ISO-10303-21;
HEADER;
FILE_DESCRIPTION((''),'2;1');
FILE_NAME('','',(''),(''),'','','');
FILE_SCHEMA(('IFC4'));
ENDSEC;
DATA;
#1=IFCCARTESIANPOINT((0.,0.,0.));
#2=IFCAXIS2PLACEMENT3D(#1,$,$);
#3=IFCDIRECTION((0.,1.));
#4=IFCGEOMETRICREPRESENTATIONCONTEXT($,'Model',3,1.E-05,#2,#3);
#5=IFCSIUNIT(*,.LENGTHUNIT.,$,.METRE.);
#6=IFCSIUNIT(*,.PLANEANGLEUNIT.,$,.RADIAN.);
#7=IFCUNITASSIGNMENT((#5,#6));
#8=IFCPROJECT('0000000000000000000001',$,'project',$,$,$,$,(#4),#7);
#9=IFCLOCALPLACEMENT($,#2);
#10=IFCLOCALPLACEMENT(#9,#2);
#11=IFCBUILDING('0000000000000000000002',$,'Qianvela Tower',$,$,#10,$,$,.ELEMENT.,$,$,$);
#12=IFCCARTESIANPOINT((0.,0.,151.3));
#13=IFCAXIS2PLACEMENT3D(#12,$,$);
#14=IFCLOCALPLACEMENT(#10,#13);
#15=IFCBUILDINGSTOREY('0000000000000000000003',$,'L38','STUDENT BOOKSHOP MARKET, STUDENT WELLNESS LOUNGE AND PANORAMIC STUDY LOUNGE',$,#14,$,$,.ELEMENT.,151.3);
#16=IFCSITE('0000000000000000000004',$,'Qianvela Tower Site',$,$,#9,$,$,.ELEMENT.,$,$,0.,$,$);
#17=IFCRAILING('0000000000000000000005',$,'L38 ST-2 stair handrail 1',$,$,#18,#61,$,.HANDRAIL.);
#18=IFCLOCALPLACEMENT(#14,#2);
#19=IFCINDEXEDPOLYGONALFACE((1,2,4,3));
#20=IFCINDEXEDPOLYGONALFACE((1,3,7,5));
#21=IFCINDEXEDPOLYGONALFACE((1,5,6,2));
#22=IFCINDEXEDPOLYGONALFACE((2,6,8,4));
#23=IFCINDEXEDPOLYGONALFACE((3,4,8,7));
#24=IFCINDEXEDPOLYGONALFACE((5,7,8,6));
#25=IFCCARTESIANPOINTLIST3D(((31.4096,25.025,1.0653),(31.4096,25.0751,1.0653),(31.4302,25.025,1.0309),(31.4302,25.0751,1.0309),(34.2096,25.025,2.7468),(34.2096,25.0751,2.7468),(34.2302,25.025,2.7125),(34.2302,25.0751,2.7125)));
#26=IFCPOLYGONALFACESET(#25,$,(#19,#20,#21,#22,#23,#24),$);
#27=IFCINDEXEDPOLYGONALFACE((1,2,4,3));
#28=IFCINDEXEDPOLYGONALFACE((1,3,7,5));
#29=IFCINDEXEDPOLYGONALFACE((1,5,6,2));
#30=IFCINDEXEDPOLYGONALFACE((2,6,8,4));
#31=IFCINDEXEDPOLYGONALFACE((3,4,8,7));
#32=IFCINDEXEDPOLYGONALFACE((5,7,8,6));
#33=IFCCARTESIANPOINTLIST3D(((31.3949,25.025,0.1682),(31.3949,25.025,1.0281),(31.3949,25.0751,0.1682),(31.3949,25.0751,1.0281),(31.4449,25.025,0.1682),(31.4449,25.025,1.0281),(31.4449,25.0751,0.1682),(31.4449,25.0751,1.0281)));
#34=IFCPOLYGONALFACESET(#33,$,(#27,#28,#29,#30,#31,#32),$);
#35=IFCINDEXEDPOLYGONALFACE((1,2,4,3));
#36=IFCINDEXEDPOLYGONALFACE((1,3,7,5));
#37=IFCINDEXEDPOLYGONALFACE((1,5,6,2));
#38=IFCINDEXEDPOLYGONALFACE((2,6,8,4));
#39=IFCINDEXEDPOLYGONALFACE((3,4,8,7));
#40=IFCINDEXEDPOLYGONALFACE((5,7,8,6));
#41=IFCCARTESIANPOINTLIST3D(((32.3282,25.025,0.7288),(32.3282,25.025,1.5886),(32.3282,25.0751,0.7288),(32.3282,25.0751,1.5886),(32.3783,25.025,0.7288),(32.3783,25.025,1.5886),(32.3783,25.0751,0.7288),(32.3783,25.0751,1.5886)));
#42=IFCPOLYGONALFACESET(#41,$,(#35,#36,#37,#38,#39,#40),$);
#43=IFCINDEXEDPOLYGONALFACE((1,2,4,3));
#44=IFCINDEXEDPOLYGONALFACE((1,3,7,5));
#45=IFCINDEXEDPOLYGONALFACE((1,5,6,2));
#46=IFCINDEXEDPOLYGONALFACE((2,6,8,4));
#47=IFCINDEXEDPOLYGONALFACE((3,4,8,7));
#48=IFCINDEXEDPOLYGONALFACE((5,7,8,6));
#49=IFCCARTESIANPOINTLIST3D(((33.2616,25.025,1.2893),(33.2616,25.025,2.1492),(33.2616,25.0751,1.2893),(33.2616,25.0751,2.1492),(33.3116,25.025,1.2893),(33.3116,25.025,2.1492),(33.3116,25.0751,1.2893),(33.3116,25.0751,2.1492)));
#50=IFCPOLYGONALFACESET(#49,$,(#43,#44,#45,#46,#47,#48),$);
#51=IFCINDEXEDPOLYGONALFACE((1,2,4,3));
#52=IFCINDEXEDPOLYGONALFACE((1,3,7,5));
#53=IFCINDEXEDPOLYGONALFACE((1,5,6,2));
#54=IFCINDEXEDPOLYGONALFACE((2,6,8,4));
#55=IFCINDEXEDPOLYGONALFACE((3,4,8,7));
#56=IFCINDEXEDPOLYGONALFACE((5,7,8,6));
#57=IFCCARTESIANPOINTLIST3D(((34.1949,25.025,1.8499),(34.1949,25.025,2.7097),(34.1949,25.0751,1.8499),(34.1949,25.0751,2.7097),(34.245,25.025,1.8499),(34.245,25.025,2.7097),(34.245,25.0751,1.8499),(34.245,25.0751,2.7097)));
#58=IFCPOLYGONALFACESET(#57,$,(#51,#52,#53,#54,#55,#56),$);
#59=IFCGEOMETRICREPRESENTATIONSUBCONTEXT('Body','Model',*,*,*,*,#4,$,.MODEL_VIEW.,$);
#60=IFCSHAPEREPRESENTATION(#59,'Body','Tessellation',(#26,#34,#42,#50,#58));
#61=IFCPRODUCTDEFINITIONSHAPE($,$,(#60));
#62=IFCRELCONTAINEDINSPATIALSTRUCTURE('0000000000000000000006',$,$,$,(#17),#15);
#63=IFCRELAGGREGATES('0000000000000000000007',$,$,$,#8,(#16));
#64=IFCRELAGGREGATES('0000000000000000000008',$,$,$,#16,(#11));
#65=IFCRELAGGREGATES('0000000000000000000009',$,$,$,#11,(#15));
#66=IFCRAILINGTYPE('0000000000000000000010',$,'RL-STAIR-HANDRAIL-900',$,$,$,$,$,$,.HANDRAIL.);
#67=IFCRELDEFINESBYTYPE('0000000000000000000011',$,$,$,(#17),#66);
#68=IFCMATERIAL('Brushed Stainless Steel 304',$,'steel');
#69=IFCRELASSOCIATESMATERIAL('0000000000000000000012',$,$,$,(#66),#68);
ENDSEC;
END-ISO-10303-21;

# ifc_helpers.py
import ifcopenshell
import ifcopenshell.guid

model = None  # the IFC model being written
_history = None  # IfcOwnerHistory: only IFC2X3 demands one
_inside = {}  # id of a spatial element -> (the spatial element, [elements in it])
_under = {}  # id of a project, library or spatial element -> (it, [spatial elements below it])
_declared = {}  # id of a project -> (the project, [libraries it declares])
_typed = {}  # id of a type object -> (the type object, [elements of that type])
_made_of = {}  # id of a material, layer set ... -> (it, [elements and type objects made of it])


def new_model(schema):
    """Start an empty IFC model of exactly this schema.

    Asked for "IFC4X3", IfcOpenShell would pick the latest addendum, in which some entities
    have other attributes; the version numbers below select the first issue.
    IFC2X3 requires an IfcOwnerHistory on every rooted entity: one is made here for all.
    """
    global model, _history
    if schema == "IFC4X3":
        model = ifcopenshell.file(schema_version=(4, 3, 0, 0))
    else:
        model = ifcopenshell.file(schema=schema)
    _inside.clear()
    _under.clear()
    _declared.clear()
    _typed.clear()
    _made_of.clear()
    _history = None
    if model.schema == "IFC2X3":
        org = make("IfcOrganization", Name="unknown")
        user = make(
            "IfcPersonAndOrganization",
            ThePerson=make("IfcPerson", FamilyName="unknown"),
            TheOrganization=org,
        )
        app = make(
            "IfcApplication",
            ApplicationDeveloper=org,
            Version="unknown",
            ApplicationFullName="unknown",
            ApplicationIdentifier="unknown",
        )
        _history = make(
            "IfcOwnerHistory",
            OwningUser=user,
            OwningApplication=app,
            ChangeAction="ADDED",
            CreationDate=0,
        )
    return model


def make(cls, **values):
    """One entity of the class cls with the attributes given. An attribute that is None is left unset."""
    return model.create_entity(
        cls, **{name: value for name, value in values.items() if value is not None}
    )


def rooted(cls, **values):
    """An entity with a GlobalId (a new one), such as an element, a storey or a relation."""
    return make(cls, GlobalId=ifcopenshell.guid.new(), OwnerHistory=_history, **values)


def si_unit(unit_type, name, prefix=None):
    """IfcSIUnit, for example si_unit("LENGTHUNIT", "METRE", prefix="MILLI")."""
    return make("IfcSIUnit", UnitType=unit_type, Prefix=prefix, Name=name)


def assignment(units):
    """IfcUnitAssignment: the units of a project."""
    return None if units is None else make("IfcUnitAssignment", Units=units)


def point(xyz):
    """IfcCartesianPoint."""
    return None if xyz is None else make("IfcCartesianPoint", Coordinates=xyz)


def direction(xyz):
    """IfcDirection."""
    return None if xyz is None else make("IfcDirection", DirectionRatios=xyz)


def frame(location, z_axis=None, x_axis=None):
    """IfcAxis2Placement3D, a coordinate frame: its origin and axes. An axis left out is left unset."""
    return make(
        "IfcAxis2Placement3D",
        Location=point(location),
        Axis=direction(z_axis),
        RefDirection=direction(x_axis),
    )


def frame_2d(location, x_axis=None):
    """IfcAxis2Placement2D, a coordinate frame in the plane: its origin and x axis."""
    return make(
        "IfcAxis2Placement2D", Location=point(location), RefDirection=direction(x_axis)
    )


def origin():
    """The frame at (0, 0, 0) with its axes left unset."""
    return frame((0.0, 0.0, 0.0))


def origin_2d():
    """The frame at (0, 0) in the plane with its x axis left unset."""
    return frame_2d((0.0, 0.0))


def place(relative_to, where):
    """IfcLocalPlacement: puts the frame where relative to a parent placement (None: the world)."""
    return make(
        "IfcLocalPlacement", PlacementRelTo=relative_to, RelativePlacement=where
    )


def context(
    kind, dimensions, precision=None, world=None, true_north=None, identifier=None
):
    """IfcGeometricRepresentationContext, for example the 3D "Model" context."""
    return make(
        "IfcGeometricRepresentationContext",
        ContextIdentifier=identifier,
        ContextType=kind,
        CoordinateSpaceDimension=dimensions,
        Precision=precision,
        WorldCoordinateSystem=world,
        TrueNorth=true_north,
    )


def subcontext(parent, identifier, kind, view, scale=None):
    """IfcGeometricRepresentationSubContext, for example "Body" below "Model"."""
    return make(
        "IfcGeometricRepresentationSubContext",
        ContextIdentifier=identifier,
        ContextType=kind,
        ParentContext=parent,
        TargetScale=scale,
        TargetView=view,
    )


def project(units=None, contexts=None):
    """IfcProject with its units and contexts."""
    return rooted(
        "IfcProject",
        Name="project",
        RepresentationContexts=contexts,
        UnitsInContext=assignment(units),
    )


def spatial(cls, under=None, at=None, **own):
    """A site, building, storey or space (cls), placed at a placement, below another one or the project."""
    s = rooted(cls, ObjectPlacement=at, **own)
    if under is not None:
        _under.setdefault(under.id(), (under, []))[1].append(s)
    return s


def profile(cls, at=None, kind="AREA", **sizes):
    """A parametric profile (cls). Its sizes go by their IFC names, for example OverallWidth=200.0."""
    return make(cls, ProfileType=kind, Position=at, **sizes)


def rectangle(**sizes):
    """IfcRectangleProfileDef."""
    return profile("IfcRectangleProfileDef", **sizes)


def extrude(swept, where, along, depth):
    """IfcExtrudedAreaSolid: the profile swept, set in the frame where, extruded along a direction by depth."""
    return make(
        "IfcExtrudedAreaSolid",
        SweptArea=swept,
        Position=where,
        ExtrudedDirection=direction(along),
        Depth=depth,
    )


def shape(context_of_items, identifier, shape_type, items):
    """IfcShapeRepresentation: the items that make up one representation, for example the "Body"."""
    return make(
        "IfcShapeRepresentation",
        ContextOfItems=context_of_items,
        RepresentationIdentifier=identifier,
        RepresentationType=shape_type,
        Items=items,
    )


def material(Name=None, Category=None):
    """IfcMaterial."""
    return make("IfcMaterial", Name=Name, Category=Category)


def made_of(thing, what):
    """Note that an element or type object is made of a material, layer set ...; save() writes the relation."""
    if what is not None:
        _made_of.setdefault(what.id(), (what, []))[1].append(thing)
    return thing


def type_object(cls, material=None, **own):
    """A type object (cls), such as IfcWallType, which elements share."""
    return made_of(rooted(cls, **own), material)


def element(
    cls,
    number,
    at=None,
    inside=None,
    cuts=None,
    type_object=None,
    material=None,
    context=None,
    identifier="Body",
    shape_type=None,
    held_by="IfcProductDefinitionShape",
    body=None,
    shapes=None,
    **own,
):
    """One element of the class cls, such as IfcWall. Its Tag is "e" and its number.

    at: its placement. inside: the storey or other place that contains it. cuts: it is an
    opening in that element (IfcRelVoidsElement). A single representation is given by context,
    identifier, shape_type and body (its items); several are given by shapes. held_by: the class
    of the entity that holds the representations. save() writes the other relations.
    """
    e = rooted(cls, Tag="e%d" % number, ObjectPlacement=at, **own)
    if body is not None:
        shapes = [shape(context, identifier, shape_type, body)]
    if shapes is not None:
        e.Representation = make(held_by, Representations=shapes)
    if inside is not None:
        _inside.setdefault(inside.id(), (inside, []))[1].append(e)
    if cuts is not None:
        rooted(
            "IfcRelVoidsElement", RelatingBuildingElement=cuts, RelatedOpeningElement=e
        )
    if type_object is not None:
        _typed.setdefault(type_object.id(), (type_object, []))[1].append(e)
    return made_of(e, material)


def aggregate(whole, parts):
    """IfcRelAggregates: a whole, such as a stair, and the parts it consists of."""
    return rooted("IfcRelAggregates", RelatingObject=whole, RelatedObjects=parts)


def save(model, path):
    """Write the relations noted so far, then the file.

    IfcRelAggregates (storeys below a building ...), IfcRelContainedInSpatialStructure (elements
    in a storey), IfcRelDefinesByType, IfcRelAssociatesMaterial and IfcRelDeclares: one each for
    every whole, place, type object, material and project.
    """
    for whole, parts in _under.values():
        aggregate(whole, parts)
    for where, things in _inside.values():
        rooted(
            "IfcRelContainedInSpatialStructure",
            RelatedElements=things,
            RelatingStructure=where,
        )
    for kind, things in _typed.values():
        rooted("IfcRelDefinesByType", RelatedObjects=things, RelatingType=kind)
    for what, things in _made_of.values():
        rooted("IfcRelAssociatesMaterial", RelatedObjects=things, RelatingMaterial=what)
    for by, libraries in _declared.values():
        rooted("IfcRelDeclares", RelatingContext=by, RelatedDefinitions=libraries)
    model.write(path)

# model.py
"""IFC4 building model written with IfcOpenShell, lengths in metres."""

from ifc_helpers import new_model, si_unit, direction, frame, origin, origin_2d, place, context, subcontext, project, spatial, rectangle, extrude, material, type_object, element, save


model = new_model("IFC4")

# Units and contexts
model_context = context("Model", 3, precision=1e-05, world=origin(), true_north=direction((0.0, 1.0)))
body_context = subcontext(model_context, "Body", "Model", "MODEL_VIEW")
ifc_project = project(units=[si_unit("LENGTHUNIT", "METRE"), si_unit("PLANEANGLEUNIT", "RADIAN")], contexts=[model_context])

# Site, building, storey
site_placement = place(None, origin())
site = spatial("IfcSite", under=ifc_project, at=site_placement, Name="Qianvela Tower Site", CompositionType="ELEMENT", RefElevation=0.0)
building_placement = place(site_placement, origin())
building = spatial("IfcBuilding", under=site, at=building_placement, Name="Qianvela Tower", CompositionType="ELEMENT")
storey_placement = place(building_placement, frame((0.0, 0.0, 151.3)))
storey = spatial("IfcBuildingStorey", under=building, at=storey_placement, Name="L38", Description="STUDENT BOOKSHOP MARKET, STUDENT WELLNESS LOUNGE AND PANORAMIC STUDY LOUNGE", CompositionType="ELEMENT", Elevation=151.3)

# Railing
ifc_material_1 = material(Name="Brushed Stainless Steel 304", Category="steel")
railing_type_1 = type_object("IfcRailingType", Name="RL-STAIR-HANDRAIL-900", PredefinedType="HANDRAIL", material=ifc_material_1)
railing_1_placement = place(storey_placement, frame((31.4199, 25.05, 0.1682)))
element("IfcRailing", 1, at=railing_1_placement, inside=storey, type_object=railing_type_1, Name="L38 ST-2 stair handrail 1", PredefinedType="HANDRAIL", context=body_context, shape_type="SweptSolid", body=[
    extrude(rectangle(XDim=0.05, YDim=0.04, at=origin_2d()), frame((0.0, 0.0, 0.8799), z_axis=(0.857275, 0.0, 0.514858), x_axis=(0.0, 1.0, 0.0)), (0.0, 0.0, 1.0), 3.2661),
    extrude(rectangle(XDim=0.05, YDim=0.05, at=origin_2d()), origin(), (0.0, 0.0, 1.0), 0.8599),
    extrude(rectangle(XDim=0.05, YDim=0.05, at=origin_2d()), frame((0.9333, 0.0, 0.5605)), (0.0, 0.0, 1.0), 0.8599),
    extrude(rectangle(XDim=0.05, YDim=0.05, at=origin_2d()), frame((1.8667, 0.0, 1.1211)), (0.0, 0.0, 1.0), 0.8599),
    extrude(rectangle(XDim=0.05, YDim=0.05, at=origin_2d()), frame((2.8, 0.0, 1.6816)), (0.0, 0.0, 1.0), 0.8599),
])

save(model, "model.ifc")
